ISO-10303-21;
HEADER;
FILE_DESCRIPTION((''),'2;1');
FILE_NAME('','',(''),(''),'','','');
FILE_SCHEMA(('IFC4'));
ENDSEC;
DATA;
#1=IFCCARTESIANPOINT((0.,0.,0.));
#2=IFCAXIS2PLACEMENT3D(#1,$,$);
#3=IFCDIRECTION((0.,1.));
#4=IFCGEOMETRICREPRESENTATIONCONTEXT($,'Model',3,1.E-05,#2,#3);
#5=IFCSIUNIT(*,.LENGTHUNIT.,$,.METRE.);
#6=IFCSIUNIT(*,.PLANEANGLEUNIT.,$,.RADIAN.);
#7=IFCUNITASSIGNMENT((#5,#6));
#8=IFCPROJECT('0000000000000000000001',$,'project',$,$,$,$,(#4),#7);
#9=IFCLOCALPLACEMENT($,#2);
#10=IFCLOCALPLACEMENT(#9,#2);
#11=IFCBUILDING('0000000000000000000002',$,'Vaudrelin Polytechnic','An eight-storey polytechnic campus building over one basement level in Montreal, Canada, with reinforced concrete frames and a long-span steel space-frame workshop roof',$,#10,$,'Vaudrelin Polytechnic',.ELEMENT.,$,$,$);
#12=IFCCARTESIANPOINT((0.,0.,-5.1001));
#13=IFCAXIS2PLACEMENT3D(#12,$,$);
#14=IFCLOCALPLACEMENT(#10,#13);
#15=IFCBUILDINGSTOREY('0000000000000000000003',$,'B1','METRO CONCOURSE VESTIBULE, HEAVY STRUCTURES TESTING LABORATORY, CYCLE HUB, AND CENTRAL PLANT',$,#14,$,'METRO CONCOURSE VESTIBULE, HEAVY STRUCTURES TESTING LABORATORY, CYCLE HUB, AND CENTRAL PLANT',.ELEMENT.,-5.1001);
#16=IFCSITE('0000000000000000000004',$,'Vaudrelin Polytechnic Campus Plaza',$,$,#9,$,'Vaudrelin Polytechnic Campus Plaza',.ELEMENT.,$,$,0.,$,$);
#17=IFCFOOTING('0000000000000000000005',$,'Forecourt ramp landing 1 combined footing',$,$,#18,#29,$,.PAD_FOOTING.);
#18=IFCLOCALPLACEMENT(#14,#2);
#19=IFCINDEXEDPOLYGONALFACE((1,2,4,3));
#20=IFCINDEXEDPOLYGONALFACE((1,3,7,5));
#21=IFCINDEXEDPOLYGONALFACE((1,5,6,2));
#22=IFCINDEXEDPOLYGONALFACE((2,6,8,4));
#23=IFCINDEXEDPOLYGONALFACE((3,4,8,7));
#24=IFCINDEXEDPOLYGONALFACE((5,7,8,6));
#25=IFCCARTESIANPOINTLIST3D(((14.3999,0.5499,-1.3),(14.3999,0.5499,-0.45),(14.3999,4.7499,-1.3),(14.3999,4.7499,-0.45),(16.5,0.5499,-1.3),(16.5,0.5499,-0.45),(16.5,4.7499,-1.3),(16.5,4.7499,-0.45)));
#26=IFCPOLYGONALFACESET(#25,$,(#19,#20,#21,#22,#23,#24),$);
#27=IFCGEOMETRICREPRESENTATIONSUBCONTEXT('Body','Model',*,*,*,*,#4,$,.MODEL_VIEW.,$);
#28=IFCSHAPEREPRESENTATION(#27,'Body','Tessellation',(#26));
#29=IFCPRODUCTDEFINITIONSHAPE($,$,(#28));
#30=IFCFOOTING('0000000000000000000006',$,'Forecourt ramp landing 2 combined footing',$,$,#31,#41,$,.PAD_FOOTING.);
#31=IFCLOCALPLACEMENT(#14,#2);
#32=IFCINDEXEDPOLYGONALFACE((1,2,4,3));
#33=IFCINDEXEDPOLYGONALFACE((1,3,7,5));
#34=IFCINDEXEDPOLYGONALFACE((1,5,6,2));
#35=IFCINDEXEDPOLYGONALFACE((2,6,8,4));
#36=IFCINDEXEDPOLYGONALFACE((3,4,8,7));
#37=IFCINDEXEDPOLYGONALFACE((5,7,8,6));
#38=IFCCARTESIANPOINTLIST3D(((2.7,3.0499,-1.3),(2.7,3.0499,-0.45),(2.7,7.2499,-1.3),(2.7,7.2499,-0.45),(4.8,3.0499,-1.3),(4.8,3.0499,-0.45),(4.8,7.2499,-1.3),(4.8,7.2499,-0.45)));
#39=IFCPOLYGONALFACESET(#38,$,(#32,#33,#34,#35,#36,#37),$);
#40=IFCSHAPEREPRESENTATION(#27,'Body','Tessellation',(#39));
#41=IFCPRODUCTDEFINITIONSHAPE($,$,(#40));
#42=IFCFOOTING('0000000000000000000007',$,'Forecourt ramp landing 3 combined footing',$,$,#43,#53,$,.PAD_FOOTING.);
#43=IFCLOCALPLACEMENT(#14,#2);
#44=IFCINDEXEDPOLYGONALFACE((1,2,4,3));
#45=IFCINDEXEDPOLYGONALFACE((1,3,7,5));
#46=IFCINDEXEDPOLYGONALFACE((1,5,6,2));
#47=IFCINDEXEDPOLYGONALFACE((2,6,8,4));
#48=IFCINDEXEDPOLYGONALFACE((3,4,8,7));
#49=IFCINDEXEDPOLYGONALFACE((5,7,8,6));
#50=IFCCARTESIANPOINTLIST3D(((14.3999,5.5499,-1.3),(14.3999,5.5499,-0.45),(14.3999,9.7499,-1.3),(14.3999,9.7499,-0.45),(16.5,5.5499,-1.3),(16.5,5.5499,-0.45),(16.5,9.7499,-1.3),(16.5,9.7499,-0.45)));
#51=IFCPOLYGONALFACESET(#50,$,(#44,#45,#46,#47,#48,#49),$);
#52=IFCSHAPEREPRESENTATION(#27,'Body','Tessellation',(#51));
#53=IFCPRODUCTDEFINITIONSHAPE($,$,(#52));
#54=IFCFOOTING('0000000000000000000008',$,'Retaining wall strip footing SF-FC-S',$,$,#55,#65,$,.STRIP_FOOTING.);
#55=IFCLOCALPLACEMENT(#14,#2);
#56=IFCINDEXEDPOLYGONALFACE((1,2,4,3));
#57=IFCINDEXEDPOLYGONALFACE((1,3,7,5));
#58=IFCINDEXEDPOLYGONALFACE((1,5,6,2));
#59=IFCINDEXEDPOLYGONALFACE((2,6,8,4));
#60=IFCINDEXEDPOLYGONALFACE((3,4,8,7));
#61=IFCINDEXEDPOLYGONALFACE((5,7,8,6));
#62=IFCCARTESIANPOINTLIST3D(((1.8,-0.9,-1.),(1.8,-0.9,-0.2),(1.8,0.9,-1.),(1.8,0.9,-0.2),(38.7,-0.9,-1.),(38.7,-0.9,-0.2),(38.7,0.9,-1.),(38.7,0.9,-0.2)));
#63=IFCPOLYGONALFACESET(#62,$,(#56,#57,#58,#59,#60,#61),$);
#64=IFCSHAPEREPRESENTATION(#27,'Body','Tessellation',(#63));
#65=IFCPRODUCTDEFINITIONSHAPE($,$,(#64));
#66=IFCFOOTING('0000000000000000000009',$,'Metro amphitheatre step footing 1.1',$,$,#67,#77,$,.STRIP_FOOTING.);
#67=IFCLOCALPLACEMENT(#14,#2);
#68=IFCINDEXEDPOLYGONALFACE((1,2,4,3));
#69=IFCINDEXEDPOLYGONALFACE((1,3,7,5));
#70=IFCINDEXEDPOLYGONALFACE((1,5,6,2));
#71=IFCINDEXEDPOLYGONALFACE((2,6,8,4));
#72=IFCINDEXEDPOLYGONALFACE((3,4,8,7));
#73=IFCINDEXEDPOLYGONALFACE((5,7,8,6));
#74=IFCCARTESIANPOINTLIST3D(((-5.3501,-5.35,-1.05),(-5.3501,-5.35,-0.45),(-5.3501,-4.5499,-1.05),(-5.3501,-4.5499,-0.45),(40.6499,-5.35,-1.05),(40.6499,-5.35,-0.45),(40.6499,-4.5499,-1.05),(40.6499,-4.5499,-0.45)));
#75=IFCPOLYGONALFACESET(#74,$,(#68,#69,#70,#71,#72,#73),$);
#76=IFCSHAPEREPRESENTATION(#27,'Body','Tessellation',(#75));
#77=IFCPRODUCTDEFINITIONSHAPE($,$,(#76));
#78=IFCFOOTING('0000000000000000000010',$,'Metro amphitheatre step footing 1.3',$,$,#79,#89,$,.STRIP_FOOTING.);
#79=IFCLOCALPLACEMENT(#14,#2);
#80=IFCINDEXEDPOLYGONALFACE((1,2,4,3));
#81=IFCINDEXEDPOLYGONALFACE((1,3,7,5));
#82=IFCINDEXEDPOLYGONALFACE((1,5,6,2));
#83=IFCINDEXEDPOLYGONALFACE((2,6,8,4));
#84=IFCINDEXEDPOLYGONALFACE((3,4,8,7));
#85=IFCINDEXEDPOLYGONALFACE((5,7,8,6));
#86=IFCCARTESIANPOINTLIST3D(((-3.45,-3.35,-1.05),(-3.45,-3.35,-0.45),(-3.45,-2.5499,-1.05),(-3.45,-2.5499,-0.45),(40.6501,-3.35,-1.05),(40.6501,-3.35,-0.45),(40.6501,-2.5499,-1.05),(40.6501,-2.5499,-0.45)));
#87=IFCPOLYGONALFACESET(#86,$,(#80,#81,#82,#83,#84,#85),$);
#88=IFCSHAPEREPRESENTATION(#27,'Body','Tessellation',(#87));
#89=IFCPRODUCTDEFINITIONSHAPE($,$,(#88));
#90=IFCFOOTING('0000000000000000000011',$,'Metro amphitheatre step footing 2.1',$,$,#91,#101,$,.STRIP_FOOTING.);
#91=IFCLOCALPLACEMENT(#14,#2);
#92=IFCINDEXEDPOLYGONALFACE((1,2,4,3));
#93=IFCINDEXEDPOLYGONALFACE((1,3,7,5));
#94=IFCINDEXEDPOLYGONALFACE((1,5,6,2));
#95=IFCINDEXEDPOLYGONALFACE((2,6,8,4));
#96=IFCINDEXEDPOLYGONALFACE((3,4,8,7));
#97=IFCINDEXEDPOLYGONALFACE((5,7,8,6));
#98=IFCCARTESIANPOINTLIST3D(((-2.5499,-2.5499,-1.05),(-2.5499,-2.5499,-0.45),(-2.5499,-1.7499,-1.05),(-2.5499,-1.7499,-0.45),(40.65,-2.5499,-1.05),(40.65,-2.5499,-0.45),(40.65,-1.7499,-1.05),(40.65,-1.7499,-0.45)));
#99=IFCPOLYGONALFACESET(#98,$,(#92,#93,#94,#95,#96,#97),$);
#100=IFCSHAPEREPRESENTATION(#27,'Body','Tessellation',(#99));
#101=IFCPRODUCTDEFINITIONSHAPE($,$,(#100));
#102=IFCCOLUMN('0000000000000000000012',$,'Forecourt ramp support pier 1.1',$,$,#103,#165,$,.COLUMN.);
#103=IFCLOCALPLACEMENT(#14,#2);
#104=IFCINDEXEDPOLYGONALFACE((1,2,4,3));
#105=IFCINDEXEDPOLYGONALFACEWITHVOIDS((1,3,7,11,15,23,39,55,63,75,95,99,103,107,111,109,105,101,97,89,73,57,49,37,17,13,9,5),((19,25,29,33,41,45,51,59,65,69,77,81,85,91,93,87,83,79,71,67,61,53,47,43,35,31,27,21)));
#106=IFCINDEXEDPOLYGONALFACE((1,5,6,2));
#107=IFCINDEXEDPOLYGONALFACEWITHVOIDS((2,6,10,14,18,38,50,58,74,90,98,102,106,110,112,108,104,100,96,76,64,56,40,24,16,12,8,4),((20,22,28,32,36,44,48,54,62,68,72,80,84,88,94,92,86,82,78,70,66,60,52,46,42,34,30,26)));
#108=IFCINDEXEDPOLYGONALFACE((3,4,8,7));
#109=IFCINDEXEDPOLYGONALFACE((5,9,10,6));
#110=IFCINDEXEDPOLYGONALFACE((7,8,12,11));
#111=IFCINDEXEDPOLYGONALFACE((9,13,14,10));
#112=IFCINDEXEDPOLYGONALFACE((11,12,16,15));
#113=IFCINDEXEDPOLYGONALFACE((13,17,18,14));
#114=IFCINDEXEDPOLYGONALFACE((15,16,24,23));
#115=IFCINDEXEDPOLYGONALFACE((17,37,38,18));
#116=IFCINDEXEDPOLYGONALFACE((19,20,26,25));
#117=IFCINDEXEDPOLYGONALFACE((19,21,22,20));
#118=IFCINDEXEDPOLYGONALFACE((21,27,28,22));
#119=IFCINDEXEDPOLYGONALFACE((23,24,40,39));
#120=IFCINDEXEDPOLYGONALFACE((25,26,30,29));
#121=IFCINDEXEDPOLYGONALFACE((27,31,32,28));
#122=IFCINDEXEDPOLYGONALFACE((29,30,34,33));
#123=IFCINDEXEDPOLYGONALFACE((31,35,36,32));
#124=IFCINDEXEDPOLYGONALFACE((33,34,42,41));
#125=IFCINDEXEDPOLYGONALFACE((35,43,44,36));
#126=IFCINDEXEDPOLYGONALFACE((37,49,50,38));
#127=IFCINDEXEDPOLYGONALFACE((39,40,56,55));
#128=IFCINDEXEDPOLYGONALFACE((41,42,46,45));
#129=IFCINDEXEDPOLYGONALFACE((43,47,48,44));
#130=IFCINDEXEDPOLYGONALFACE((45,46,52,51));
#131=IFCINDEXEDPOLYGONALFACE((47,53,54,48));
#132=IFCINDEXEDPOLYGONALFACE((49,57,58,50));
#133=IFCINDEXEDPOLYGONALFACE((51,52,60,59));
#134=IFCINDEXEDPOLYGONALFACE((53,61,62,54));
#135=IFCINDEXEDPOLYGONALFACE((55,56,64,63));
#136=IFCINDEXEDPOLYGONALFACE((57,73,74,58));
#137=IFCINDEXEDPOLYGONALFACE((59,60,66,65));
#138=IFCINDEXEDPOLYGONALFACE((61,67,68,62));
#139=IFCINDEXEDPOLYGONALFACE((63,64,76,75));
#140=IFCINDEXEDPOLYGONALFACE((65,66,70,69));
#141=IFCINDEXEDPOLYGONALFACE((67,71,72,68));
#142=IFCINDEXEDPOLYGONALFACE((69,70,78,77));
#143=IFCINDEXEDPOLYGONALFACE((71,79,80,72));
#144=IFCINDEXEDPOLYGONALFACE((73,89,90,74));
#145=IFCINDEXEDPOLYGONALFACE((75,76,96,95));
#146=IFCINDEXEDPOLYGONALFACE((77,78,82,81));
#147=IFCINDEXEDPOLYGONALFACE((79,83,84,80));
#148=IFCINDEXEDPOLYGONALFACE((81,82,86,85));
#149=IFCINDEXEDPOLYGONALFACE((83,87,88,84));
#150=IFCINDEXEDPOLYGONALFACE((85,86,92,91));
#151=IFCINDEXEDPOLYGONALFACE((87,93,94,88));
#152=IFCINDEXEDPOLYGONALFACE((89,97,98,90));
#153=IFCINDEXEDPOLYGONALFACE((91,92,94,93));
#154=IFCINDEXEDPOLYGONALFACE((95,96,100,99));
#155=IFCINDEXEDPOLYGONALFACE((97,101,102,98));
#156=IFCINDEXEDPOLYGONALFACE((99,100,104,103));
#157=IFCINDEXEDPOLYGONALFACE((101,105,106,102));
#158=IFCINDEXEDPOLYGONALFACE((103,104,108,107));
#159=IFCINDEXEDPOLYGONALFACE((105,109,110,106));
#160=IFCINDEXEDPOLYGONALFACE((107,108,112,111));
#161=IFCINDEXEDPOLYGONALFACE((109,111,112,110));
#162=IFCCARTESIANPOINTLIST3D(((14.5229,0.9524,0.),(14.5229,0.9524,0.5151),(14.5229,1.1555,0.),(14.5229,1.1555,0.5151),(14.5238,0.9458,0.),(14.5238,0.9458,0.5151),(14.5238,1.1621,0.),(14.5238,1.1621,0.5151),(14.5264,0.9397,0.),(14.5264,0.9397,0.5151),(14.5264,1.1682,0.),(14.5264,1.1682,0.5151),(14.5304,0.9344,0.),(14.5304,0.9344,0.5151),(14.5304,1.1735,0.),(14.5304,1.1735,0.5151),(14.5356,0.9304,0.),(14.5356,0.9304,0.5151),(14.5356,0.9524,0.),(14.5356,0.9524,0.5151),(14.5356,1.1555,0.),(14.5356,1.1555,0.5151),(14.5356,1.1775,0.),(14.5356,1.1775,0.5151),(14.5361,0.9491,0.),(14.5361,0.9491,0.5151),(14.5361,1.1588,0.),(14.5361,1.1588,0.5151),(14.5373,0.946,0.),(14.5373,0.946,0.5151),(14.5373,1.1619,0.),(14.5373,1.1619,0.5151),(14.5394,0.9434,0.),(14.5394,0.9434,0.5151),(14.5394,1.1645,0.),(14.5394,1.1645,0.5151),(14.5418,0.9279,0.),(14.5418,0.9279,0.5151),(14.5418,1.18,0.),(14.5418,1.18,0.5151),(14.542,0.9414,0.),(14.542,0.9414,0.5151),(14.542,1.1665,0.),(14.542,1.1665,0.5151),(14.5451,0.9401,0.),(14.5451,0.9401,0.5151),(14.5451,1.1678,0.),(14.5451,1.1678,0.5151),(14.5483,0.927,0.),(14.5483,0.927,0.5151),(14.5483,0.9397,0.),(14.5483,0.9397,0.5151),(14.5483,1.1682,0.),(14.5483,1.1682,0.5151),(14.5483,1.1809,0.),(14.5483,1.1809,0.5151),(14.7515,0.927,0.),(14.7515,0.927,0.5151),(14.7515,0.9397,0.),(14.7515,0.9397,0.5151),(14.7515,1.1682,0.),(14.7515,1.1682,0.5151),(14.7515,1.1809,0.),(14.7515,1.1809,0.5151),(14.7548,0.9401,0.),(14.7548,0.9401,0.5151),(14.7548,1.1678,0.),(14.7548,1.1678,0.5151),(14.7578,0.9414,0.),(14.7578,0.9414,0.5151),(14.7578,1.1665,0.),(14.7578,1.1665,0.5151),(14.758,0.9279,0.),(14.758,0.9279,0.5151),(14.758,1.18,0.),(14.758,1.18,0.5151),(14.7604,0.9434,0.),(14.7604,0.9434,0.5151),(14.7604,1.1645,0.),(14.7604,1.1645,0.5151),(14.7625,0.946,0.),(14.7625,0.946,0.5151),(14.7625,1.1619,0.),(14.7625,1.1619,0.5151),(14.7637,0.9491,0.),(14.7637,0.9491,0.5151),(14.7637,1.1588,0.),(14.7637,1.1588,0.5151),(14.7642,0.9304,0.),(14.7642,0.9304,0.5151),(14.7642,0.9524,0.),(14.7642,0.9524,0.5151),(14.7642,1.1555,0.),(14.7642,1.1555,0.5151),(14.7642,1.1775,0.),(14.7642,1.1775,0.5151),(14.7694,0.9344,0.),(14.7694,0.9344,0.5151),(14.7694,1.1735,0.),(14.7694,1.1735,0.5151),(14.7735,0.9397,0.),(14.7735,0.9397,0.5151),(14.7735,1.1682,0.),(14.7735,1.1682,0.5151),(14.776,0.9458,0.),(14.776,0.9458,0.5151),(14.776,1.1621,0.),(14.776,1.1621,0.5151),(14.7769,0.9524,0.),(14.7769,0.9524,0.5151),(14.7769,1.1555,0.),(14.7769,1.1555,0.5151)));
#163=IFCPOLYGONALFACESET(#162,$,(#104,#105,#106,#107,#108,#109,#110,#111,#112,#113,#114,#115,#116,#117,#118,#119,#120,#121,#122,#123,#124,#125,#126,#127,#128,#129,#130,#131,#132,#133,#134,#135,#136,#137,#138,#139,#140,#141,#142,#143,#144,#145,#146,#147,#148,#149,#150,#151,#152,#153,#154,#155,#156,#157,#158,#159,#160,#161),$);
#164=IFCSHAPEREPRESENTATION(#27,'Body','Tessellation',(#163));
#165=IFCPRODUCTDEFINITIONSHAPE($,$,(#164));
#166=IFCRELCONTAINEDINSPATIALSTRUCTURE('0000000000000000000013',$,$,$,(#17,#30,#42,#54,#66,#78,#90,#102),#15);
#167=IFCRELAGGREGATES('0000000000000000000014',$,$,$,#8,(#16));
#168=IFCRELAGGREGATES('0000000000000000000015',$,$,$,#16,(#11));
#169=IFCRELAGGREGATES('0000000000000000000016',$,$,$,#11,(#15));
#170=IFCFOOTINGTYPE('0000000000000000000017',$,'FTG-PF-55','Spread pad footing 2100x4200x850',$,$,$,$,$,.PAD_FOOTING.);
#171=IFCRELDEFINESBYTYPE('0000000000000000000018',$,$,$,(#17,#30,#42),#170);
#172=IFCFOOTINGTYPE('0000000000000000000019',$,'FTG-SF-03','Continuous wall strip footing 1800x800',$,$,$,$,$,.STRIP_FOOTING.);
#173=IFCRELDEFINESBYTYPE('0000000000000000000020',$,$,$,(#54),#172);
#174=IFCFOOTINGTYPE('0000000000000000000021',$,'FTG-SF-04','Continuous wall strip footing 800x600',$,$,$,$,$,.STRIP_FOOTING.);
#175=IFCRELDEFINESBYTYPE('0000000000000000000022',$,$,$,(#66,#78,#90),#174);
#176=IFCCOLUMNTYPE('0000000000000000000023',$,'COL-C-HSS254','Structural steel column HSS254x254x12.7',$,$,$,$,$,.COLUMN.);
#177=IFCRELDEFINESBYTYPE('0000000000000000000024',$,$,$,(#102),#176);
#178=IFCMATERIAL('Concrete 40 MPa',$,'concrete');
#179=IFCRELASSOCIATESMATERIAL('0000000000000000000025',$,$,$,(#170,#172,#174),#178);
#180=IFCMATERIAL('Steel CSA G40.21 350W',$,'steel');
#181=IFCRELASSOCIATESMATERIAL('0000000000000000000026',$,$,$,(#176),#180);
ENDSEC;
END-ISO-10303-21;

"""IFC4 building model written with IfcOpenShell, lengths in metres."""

from ifc_helpers import new_model, si_unit, direction, frame, origin, origin_2d, place, context, subcontext, project, spatial, rectangle, hollow_rectangle, extrude, material, material_profile, profile_set, type_object, element, save


model = new_model("IFC4")

# Units and contexts
model_context = context("Model", 3, precision=1e-05, world=origin(), true_north=direction((0.0, 1.0)))
body_context = subcontext(model_context, "Body", "Model", "MODEL_VIEW")
ifc_project = project(units=[si_unit("LENGTHUNIT", "METRE"), si_unit("PLANEANGLEUNIT", "RADIAN")], contexts=[model_context])

# Site, building, storey
site_placement = place(None, origin())
site = spatial("IfcSite", under=ifc_project, at=site_placement, Name="Vaudrelin Polytechnic Campus Plaza", LongName="Vaudrelin Polytechnic Campus Plaza", CompositionType="ELEMENT", RefElevation=0.0)
building_placement = place(site_placement, origin())
building = spatial("IfcBuilding", under=site, at=building_placement, Name="Vaudrelin Polytechnic", Description="An eight-storey polytechnic campus building over one basement level in Montreal, Canada, with reinforced concrete frames and a long-span steel space-frame workshop roof", LongName="Vaudrelin Polytechnic", CompositionType="ELEMENT")
storey_placement = place(building_placement, frame((0.0, 0.0, -5.1001)))
storey = spatial("IfcBuildingStorey", under=building, at=storey_placement, Name="B1", Description="METRO CONCOURSE VESTIBULE, HEAVY STRUCTURES TESTING LABORATORY, CYCLE HUB, AND CENTRAL PLANT", LongName="METRO CONCOURSE VESTIBULE, HEAVY STRUCTURES TESTING LABORATORY, CYCLE HUB, AND CENTRAL PLANT", CompositionType="ELEMENT", Elevation=-5.1001)

# Footings
ifc_material_1 = material(Name="Concrete 40 MPa", Category="concrete")
footing_type_1 = type_object("IfcFootingType", Name="FTG-PF-55", Description="Spread pad footing 2100x4200x850", PredefinedType="PAD_FOOTING", material=ifc_material_1)
for number, where, z_axis, x_axis, name in (
    (1, (15.45, 2.6499, -1.3), (0.0, 0.0, 1.0), (1.0, 0.0, 0.0), "Forecourt ramp landing 1 combined footing"),
    (2, (3.75, 5.1499, -1.3), (0.0, 0.0, 1.0), (1.0, 0.0, 0.0), "Forecourt ramp landing 2 combined footing"),
    (3, (15.45, 7.6499, -1.3), (0.0, 0.0, 1.0), (1.0, 0.0, 0.0), "Forecourt ramp landing 3 combined footing"),
):
    element("IfcFooting", number, at=place(storey_placement, frame(where, z_axis=z_axis, x_axis=x_axis)), inside=storey, type_object=footing_type_1, Name=name, PredefinedType="PAD_FOOTING", context=body_context, shape_type="SweptSolid", body=[
        extrude(rectangle(XDim=2.1001, YDim=4.2, at=origin_2d()), origin(), (0.0, 0.0, 1.0), 0.8501),
    ])
footing_type_2 = type_object("IfcFootingType", Name="FTG-SF-03", Description="Continuous wall strip footing 1800x800", PredefinedType="STRIP_FOOTING", material=ifc_material_1)
footing_1_placement = place(storey_placement, frame((20.25, 0.0, -1.0), z_axis=(0.0, 0.0, 1.0), x_axis=(1.0, 0.0, 0.0)))
element("IfcFooting", 4, at=footing_1_placement, inside=storey, type_object=footing_type_2, Name="Retaining wall strip footing SF-FC-S", PredefinedType="STRIP_FOOTING", context=body_context, shape_type="SweptSolid", body=[
    extrude(rectangle(XDim=36.8999, YDim=1.8, at=origin_2d()), origin(), (0.0, 0.0, 1.0), 0.8),
])
footing_type_3 = type_object("IfcFootingType", Name="FTG-SF-04", Description="Continuous wall strip footing 800x600", PredefinedType="STRIP_FOOTING", material=ifc_material_1)
footing_2_placement = place(storey_placement, frame((17.6499, -4.95, -1.05), z_axis=(0.0, 0.0, 1.0), x_axis=(1.0, 0.0, 0.0)))
element("IfcFooting", 5, at=footing_2_placement, inside=storey, type_object=footing_type_3, Name="Metro amphitheatre step footing 1.1", PredefinedType="STRIP_FOOTING", context=body_context, shape_type="SweptSolid", body=[
    extrude(rectangle(XDim=46.0, YDim=0.8, at=origin_2d()), origin(), (0.0, 0.0, 1.0), 0.6001),
])
footing_3_placement = place(storey_placement, frame((18.6001, -2.95, -1.05), z_axis=(0.0, 0.0, 1.0), x_axis=(1.0, 0.0, 0.0)))
element("IfcFooting", 6, at=footing_3_placement, inside=storey, type_object=footing_type_3, Name="Metro amphitheatre step footing 1.3", PredefinedType="STRIP_FOOTING", context=body_context, shape_type="SweptSolid", body=[
    extrude(rectangle(XDim=44.1001, YDim=0.8, at=origin_2d()), origin(), (0.0, 0.0, 1.0), 0.6001),
])
footing_4_placement = place(storey_placement, frame((19.05, -2.1499, -1.05), z_axis=(0.0, 0.0, 1.0), x_axis=(1.0, 0.0, 0.0)))
element("IfcFooting", 7, at=footing_4_placement, inside=storey, type_object=footing_type_3, Name="Metro amphitheatre step footing 2.1", PredefinedType="STRIP_FOOTING", context=body_context, shape_type="SweptSolid", body=[
    extrude(rectangle(XDim=43.2, YDim=0.8, at=origin_2d()), origin(), (0.0, 0.0, 1.0), 0.6001),
])

# Column
ifc_material_2 = material(Name="Steel CSA G40.21 350W", Category="steel")
ifc_material_profile = material_profile(ifc_material_2, hollow_rectangle(XDim=0.2539, YDim=0.2539, WallThickness=0.0127, InnerFilletRadius=0.0127, OuterFilletRadius=0.0254, at=origin_2d()), Name="HSS254x254x12.7")
ifc_profile_set = profile_set([ifc_material_profile], Name="Steel CSA G40.21 350W")
column_type = type_object("IfcColumnType", Name="COL-C-HSS254", Description="Structural steel column HSS254x254x12.7", PredefinedType="COLUMN", material=ifc_profile_set)
for number, where, z_axis, x_axis, name in (
    (8, (14.6499, 1.054, 0.0), (0.0, 0.0, 1.0), (1.0, 0.0, 0.0), "Forecourt ramp support pier 1.1"),
):
    element("IfcColumn", number, at=place(storey_placement, frame(where, z_axis=z_axis, x_axis=x_axis)), inside=storey, type_object=column_type, Name=name, PredefinedType="COLUMN", context=body_context, shape_type="SweptSolid", body=[
        extrude(hollow_rectangle(XDim=0.2539, YDim=0.2539, WallThickness=0.0127, InnerFilletRadius=0.0127, OuterFilletRadius=0.0254, at=origin_2d()), origin(), (0.0, 0.0, 1.0), 0.5151),
    ])

save(model, "model.ifc")
